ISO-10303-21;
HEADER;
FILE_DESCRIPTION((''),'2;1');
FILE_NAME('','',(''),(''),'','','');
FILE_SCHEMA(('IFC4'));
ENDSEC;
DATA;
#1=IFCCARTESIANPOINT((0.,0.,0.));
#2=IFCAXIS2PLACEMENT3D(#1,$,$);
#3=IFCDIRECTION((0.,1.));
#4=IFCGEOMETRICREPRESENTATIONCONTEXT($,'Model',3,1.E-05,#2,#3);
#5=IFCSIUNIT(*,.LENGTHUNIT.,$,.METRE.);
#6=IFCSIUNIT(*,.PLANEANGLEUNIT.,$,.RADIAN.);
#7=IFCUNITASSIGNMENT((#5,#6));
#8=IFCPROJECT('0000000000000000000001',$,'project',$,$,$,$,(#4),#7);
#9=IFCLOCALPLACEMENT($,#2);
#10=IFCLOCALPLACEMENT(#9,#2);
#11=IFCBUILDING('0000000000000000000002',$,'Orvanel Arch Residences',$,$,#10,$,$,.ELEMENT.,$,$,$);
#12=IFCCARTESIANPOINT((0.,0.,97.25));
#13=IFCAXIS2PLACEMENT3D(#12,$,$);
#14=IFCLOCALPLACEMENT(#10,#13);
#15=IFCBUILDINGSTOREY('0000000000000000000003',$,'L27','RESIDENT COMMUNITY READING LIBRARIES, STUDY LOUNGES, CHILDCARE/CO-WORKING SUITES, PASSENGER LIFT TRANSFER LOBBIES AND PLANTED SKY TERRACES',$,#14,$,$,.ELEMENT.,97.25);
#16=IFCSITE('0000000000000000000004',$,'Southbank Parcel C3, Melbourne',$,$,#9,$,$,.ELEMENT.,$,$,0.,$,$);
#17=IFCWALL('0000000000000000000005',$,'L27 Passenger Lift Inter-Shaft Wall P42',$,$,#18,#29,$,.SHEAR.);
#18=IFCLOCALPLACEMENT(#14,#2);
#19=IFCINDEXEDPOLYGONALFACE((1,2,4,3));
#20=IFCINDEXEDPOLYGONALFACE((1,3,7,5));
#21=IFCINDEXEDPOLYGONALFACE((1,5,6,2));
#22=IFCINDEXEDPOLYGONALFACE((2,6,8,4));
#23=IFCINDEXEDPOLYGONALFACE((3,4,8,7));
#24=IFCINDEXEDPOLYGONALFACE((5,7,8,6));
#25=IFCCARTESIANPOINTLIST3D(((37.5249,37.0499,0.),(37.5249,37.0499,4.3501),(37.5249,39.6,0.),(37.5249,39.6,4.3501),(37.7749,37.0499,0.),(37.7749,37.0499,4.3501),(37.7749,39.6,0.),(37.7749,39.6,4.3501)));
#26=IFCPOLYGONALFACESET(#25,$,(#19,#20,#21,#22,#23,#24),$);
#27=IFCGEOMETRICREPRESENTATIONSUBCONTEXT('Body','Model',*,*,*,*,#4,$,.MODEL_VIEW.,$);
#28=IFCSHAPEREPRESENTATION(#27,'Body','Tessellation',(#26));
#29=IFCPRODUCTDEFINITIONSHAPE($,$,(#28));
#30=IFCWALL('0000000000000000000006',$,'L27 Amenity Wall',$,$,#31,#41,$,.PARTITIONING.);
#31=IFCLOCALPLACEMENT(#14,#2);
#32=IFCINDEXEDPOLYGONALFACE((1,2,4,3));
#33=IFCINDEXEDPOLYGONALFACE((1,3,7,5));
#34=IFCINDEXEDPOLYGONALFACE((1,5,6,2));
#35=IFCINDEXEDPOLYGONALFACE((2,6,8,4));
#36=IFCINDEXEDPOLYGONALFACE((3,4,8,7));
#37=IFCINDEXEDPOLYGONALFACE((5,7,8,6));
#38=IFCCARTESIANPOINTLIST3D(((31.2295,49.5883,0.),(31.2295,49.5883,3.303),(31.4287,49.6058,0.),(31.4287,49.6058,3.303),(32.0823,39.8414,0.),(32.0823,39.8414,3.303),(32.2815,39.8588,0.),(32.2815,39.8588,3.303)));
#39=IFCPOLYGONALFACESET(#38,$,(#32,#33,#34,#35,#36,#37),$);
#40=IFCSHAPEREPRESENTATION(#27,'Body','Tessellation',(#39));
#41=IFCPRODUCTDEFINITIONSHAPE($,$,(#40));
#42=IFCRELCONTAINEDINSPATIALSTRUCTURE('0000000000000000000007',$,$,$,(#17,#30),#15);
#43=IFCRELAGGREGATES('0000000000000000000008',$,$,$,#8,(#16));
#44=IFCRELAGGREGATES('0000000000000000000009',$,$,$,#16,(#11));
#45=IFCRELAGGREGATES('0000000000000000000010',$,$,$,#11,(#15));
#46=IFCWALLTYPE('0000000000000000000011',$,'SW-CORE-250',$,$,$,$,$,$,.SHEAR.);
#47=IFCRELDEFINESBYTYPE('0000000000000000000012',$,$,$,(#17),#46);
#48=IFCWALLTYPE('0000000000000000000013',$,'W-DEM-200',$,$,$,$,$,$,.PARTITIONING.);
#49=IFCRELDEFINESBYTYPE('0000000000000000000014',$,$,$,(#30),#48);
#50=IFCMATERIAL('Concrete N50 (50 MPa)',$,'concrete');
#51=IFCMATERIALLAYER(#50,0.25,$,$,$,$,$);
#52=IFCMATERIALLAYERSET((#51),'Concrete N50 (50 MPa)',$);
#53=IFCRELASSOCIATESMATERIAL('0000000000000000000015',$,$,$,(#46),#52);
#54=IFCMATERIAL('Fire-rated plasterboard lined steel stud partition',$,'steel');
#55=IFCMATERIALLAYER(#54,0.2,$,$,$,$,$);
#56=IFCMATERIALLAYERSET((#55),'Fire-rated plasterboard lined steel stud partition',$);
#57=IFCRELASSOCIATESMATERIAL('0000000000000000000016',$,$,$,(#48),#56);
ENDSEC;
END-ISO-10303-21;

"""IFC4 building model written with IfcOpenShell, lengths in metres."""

from ifc_helpers import new_model, si_unit, direction, frame, frame_2d, origin, place, context, subcontext, project, spatial, rectangle, extrude, material, layer, layer_set, type_object, element, save


model = new_model("IFC4")

# Units and contexts
model_context = context("Model", 3, precision=1e-05, world=origin(), true_north=direction((0.0, 1.0)))
body_context = subcontext(model_context, "Body", "Model", "MODEL_VIEW")
ifc_project = project(units=[si_unit("LENGTHUNIT", "METRE"), si_unit("PLANEANGLEUNIT", "RADIAN")], contexts=[model_context])

# Site, building, storey
site_placement = place(None, origin())
site = spatial("IfcSite", under=ifc_project, at=site_placement, Name="Southbank Parcel C3, Melbourne", CompositionType="ELEMENT", RefElevation=0.0)
building_placement = place(site_placement, origin())
building = spatial("IfcBuilding", under=site, at=building_placement, Name="Orvanel Arch Residences", CompositionType="ELEMENT")
storey_placement = place(building_placement, frame((0.0, 0.0, 97.25)))
storey = spatial("IfcBuildingStorey", under=building, at=storey_placement, Name="L27", Description="RESIDENT COMMUNITY READING LIBRARIES, STUDY LOUNGES, CHILDCARE/CO-WORKING SUITES, PASSENGER LIFT TRANSFER LOBBIES AND PLANTED SKY TERRACES", CompositionType="ELEMENT", Elevation=97.25)

# Walls
ifc_material_1 = material(Name="Concrete N50 (50 MPa)", Category="concrete")
ifc_layer_1 = layer(ifc_material_1, 0.25)
ifc_layer_set_1 = layer_set([ifc_layer_1], Name="Concrete N50 (50 MPa)")
wall_type_1 = type_object("IfcWallType", Name="SW-CORE-250", PredefinedType="SHEAR", material=ifc_layer_set_1)
for number, where, z_axis, x_axis, name in (
    (1, (37.6499, 37.05, 0.0), (0.0, 0.0, 1.0), (0.0, 1.0, 0.0), "L27 Passenger Lift Inter-Shaft Wall P42"),
):
    element("IfcWall", number, at=place(storey_placement, frame(where, z_axis=z_axis, x_axis=x_axis)), inside=storey, type_object=wall_type_1, Name=name, PredefinedType="SHEAR", context=body_context, shape_type="SweptSolid", body=[
        extrude(rectangle(XDim=2.55, YDim=0.25, at=frame_2d((1.2749, 0.0))), origin(), (0.0, 0.0, 1.0), 4.3501),
    ])
ifc_material_2 = material(Name="Fire-rated plasterboard lined steel stud partition", Category="steel")
ifc_layer_2 = layer(ifc_material_2, 0.2)
ifc_layer_set_2 = layer_set([ifc_layer_2], Name="Fire-rated plasterboard lined steel stud partition")
wall_type_2 = type_object("IfcWallType", Name="W-DEM-200", PredefinedType="PARTITIONING", material=ifc_layer_set_2)
wall_placement = place(storey_placement, frame((32.1819, 39.8501, 0.0), z_axis=(0.0, 0.0, 1.0), x_axis=(-0.08716, 0.996194, 0.0)))
element("IfcWall", 2, at=wall_placement, inside=storey, type_object=wall_type_2, Name="L27 Amenity Wall", PredefinedType="PARTITIONING", context=body_context, shape_type="SweptSolid", body=[
    extrude(rectangle(XDim=9.7842, YDim=0.2, at=frame_2d((4.8921, 0.0))), origin(), (0.0, 0.0, 1.0), 3.303),
])

save(model, "model.ifc")
